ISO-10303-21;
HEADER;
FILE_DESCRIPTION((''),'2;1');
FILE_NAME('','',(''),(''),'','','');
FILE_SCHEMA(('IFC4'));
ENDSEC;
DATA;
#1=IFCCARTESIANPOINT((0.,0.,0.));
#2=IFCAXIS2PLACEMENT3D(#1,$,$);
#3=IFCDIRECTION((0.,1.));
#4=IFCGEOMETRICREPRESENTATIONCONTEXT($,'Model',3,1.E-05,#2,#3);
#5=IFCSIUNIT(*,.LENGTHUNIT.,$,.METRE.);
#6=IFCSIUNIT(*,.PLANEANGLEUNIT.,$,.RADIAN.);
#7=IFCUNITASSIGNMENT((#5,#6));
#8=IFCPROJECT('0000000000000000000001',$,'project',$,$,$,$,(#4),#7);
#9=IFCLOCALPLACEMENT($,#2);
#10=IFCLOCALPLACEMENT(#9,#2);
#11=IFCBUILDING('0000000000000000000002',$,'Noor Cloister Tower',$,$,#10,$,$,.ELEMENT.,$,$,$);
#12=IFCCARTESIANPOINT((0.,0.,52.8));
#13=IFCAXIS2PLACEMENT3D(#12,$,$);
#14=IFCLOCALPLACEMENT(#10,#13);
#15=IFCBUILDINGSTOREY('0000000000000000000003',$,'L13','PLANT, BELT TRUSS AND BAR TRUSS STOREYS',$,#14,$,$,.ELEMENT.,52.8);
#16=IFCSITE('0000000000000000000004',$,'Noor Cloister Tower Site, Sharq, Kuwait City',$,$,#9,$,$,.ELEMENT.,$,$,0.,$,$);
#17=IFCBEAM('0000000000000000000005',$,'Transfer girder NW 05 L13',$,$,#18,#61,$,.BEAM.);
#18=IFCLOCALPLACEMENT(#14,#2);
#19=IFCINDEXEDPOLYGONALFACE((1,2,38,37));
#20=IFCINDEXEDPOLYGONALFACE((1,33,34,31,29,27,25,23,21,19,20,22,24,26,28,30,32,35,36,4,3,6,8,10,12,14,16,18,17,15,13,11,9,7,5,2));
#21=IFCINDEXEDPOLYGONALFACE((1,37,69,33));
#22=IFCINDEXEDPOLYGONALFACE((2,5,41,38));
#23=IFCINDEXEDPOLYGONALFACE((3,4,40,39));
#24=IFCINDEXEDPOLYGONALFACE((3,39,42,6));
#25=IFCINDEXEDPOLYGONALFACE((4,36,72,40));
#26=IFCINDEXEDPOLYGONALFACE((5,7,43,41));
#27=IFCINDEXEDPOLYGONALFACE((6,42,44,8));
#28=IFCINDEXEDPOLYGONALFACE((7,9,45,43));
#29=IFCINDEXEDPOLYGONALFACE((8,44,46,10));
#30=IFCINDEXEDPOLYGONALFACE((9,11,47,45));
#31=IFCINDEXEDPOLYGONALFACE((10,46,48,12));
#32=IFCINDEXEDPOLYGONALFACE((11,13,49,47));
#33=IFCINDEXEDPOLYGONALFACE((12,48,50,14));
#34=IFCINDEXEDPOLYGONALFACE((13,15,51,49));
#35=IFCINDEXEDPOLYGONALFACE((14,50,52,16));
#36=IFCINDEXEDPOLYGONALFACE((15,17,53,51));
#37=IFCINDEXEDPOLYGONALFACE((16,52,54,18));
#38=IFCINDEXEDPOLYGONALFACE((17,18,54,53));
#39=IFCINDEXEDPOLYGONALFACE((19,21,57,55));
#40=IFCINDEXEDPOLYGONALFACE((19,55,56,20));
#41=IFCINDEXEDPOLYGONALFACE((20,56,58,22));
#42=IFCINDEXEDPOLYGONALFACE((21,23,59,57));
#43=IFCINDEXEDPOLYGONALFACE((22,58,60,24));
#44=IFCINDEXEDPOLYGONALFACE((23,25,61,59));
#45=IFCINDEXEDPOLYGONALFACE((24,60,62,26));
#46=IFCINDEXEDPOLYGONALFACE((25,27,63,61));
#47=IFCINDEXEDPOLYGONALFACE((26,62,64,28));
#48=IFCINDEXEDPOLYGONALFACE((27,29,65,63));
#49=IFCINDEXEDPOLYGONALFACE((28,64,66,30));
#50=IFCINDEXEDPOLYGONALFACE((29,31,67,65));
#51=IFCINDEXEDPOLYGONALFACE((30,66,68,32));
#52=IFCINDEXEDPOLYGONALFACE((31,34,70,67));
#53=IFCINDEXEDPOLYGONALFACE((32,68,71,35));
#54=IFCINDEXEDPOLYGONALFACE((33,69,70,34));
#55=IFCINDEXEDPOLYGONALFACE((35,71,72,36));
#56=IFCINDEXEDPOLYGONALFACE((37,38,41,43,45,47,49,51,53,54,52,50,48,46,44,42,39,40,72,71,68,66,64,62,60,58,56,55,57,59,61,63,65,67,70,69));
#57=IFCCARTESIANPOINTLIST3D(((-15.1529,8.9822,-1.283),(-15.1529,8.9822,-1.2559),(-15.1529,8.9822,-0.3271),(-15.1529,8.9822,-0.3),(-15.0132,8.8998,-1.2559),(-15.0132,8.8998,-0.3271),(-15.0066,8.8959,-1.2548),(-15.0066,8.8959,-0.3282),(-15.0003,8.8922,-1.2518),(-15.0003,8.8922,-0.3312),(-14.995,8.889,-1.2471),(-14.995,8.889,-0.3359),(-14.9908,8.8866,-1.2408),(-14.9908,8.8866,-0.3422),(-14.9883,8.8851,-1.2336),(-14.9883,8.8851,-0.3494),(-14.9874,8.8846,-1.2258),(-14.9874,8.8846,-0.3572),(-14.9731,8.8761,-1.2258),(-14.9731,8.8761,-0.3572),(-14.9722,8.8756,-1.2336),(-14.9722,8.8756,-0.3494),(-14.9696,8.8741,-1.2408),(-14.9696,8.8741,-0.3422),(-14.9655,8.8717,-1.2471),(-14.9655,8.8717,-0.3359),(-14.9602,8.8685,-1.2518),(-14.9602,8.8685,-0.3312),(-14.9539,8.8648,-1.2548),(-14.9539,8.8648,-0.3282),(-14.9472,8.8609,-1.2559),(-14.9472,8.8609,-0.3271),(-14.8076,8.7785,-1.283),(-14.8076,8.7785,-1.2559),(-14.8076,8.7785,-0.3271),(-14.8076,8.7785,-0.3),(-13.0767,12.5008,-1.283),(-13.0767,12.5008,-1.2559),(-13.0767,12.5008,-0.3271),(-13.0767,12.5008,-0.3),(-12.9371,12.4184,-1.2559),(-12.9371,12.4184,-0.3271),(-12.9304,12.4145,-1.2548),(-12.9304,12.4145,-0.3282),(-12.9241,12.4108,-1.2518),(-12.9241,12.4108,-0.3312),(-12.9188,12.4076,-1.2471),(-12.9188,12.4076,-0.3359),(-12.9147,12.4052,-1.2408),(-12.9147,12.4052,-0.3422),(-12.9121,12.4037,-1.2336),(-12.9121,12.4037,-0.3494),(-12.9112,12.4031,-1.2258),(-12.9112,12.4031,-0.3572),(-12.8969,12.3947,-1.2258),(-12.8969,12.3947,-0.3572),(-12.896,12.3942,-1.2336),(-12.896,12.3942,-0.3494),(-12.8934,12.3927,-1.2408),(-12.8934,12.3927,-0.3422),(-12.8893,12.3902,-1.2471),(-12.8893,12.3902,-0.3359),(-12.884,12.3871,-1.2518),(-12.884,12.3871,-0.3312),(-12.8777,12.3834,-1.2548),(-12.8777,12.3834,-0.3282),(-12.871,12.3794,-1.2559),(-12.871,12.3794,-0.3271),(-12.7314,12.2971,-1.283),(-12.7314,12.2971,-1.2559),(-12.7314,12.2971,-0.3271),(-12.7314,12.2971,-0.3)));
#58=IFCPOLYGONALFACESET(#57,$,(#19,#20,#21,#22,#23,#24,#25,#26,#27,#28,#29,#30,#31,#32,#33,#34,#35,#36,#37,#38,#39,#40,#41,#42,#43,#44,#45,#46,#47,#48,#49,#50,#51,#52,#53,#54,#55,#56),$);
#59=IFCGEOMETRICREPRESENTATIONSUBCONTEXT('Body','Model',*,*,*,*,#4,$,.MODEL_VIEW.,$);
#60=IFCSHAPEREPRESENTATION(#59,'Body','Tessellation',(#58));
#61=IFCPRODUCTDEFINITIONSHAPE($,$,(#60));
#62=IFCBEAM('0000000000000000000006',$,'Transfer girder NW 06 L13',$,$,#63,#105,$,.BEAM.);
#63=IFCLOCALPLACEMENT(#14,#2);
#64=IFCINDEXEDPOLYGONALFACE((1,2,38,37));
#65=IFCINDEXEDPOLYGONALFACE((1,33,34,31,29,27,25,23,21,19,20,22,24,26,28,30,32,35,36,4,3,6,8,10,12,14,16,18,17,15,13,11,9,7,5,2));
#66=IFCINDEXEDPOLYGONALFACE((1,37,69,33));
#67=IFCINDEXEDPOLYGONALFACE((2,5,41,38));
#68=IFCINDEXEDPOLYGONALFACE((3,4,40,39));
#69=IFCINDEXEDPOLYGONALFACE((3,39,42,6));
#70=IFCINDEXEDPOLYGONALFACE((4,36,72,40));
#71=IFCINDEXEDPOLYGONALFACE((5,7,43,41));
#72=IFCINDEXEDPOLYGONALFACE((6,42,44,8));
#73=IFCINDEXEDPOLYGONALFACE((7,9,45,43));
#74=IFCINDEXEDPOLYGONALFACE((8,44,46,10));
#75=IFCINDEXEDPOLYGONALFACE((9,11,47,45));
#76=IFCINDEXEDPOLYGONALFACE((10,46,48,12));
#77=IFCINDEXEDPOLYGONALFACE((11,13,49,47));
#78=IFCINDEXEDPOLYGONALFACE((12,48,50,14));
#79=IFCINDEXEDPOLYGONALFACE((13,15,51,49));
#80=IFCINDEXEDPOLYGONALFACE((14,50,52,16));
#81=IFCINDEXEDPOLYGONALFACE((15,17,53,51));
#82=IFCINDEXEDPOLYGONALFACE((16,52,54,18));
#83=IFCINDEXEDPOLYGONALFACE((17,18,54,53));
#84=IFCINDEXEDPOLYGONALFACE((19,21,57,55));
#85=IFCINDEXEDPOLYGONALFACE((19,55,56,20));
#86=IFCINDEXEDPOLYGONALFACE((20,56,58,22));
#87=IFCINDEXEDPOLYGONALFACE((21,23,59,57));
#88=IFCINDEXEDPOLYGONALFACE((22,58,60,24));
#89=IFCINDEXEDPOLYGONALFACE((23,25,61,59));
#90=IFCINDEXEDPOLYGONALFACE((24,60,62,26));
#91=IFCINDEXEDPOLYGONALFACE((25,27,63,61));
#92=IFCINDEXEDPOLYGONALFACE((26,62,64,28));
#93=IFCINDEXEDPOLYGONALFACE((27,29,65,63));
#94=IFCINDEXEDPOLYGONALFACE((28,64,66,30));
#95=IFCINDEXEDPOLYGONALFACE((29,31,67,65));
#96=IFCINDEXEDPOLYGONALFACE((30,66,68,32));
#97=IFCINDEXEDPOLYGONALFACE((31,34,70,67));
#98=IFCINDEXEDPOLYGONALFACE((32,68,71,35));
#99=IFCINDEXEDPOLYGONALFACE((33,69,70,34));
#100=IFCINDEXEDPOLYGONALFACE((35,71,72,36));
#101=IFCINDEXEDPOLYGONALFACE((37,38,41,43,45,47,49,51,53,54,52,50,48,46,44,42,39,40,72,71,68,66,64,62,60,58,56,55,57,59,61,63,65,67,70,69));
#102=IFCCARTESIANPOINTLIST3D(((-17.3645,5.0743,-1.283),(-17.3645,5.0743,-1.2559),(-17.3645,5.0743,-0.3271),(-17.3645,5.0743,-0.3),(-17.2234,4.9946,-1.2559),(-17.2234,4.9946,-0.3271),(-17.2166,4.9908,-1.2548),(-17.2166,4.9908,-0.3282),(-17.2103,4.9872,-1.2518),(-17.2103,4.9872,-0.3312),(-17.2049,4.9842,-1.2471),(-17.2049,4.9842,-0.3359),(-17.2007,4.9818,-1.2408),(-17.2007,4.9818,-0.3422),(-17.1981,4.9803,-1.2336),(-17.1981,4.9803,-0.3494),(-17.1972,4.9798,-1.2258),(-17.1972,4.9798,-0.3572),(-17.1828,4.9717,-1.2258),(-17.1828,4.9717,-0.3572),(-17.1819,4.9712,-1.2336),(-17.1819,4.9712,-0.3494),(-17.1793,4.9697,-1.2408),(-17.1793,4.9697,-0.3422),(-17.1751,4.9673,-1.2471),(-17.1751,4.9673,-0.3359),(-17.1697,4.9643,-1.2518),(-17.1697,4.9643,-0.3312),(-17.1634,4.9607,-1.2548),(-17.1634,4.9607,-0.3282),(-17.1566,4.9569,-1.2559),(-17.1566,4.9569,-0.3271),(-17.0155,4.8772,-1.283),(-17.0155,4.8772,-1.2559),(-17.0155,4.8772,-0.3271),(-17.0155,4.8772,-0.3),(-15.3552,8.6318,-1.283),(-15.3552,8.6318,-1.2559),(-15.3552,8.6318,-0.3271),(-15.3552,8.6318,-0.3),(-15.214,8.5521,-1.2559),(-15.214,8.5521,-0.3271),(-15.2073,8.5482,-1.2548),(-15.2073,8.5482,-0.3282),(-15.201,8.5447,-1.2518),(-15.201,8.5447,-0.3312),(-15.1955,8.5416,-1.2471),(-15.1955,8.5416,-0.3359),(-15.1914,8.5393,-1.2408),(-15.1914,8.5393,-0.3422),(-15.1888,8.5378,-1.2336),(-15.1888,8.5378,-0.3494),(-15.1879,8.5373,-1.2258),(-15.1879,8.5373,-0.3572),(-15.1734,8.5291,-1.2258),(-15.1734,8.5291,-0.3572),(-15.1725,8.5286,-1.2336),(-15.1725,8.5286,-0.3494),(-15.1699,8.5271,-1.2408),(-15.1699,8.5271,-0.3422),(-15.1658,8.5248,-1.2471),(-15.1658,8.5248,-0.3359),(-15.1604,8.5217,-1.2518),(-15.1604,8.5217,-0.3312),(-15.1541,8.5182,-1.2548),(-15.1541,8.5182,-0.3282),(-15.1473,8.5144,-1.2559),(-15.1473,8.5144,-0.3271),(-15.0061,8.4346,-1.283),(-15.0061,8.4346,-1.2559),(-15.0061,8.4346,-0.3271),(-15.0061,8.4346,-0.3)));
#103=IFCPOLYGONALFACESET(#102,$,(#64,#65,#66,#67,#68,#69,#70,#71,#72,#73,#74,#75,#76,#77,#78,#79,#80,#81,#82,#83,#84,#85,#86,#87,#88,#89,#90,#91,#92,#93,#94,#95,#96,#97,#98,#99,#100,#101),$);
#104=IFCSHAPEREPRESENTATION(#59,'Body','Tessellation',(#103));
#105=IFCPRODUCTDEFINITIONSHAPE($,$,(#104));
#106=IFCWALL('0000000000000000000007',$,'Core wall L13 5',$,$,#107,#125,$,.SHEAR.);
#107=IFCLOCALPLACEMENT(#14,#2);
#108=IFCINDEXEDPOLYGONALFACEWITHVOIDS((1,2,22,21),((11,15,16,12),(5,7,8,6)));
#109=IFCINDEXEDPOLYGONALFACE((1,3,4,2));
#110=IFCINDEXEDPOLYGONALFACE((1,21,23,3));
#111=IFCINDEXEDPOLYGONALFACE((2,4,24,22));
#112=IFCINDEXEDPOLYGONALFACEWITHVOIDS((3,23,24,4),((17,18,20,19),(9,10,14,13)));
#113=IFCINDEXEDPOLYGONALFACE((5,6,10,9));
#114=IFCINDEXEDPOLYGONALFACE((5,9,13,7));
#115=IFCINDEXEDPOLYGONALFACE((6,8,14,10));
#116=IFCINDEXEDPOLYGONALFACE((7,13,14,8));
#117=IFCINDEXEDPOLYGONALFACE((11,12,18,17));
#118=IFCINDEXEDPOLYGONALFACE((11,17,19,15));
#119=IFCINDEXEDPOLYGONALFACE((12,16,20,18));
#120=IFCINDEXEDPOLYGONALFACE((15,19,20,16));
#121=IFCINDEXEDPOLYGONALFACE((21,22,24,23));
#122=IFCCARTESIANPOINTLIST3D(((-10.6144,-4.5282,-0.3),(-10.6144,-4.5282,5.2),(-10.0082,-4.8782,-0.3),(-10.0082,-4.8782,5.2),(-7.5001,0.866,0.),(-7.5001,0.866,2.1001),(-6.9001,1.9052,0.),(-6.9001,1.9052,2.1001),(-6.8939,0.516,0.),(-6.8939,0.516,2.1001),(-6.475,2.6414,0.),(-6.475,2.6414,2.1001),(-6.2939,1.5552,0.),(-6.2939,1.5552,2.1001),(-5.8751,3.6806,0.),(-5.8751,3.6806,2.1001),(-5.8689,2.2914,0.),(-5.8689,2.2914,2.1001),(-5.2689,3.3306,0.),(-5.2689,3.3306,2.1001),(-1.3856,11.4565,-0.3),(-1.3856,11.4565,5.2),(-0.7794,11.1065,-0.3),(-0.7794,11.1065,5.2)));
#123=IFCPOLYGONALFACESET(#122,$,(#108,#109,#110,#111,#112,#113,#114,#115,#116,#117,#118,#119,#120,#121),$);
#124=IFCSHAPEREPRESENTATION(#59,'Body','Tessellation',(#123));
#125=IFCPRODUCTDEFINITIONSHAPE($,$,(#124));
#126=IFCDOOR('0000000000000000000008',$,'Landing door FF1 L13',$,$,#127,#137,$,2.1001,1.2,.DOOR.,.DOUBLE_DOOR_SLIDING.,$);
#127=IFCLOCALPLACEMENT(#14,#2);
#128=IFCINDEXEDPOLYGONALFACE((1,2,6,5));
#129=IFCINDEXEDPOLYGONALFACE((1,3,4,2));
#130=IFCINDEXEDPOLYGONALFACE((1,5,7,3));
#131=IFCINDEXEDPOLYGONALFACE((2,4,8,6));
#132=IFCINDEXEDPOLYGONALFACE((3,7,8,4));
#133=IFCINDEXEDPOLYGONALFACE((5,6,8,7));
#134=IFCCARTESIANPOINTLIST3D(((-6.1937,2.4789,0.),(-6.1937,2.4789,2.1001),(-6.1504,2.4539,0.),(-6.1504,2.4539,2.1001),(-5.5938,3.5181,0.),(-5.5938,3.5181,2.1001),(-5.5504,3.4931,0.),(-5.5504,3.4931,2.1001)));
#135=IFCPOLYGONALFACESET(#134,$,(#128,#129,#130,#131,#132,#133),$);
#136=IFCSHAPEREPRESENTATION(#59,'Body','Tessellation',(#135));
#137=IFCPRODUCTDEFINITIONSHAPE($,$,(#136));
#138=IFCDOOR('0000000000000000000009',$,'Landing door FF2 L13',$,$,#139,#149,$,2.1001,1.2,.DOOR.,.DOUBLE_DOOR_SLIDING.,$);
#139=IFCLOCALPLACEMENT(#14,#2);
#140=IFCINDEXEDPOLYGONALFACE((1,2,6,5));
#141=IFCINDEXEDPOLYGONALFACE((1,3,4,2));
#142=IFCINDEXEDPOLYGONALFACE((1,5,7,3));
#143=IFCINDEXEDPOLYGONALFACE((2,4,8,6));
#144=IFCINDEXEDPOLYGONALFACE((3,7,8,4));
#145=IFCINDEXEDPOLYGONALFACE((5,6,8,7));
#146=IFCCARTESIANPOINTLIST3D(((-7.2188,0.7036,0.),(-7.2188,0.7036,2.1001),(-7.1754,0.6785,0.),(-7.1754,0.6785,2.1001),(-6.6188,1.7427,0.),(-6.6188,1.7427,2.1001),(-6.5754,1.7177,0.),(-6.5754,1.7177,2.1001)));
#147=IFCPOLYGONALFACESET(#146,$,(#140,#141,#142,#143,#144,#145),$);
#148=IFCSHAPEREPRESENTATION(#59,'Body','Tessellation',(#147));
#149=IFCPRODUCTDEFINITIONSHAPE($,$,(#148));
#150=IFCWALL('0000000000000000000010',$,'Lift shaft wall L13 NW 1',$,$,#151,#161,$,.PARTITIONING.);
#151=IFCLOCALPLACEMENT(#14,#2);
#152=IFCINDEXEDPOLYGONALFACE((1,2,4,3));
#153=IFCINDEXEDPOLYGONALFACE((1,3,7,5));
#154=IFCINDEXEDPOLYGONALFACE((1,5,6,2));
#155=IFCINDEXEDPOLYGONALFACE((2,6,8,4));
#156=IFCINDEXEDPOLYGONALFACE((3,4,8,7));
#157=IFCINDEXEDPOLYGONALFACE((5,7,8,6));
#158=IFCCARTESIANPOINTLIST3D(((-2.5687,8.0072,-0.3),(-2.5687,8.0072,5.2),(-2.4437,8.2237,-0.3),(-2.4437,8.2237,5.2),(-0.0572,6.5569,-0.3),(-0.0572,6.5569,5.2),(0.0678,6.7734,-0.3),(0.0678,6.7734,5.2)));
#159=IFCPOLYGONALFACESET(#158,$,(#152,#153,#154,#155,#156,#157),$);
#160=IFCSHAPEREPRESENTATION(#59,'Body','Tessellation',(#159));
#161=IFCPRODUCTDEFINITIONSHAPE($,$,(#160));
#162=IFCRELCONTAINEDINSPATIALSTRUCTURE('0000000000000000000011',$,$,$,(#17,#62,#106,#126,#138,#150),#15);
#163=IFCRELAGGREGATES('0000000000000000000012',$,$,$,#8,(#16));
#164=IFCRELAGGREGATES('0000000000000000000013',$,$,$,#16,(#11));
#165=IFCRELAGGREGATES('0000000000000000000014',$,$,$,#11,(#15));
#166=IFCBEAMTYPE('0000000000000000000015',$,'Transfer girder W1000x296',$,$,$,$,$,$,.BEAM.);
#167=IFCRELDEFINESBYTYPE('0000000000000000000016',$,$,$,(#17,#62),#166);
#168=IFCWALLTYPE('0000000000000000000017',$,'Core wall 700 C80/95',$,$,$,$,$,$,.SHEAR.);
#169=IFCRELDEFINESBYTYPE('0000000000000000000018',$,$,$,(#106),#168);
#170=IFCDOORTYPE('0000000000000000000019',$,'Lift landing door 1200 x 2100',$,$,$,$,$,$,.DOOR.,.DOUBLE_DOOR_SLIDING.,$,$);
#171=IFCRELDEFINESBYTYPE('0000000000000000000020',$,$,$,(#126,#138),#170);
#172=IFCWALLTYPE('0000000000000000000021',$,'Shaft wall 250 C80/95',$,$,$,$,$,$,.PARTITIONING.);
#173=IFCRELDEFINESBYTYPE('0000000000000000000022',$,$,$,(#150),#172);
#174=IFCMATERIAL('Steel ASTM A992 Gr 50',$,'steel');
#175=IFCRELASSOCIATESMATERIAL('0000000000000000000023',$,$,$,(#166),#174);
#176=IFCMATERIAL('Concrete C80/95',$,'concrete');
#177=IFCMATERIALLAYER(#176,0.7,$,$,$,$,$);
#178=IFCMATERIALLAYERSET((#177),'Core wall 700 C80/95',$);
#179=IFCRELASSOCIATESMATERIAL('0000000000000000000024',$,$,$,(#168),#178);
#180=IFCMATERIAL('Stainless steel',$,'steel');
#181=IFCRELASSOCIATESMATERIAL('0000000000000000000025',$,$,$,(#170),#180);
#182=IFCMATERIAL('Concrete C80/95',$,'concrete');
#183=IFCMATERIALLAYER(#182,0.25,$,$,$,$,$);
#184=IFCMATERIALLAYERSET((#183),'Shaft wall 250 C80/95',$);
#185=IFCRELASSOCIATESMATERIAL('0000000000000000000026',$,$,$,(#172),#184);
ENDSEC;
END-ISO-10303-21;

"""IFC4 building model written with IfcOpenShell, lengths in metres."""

from ifc_helpers import new_model, si_unit, direction, frame, frame_2d, origin, origin_2d, place, context, subcontext, project, spatial, rectangle, i_section, extrude, material, layer, layer_set, material_profile, profile_set, type_object, element, fill, save


model = new_model("IFC4")

# Units and contexts
model_context = context("Model", 3, precision=1e-05, world=origin(), true_north=direction((0.0, 1.0)))
body_context = subcontext(model_context, "Body", "Model", "MODEL_VIEW")
ifc_project = project(units=[si_unit("LENGTHUNIT", "METRE"), si_unit("PLANEANGLEUNIT", "RADIAN")], contexts=[model_context])

# Site, building, storey
site_placement = place(None, origin())
site = spatial("IfcSite", under=ifc_project, at=site_placement, Name="Noor Cloister Tower Site, Sharq, Kuwait City", CompositionType="ELEMENT", RefElevation=0.0)
building_placement = place(site_placement, origin())
building = spatial("IfcBuilding", under=site, at=building_placement, Name="Noor Cloister Tower", CompositionType="ELEMENT")
storey_placement = place(building_placement, frame((0.0, 0.0, 52.8)))
storey = spatial("IfcBuildingStorey", under=building, at=storey_placement, Name="L13", Description="PLANT, BELT TRUSS AND BAR TRUSS STOREYS", CompositionType="ELEMENT", Elevation=52.8)

# Beams
ifc_material_1 = material(Name="Steel ASTM A992 Gr 50", Category="steel")
ifc_material_profile_1 = material_profile(ifc_material_1, i_section(OverallWidth=0.4009, OverallDepth=0.9829, WebThickness=0.0166, FlangeThickness=0.0271, FilletRadius=0.03, at=origin_2d()), Name="W1000x296")
ifc_profile_set_1 = profile_set([ifc_material_profile_1], Name="Steel ASTM A992 Gr 50")
beam_type_1 = type_object("IfcBeamType", Name="Transfer girder W1000x296", PredefinedType="BEAM", material=ifc_profile_set_1)
for number, where, z_axis, x_axis, name in (
    (1, (-12.9041, 12.3989, -0.7915), (-0.50819, -0.861245, 0.0), (0.861245, -0.50819, 0.0), "Transfer girder NW 05 L13"),
):
    element("IfcBeam", number, at=place(storey_placement, frame(where, z_axis=z_axis, x_axis=x_axis)), inside=storey, type_object=beam_type_1, Name=name, PredefinedType="BEAM", context=body_context, shape_type="SweptSolid", body=[
        extrude(i_section(OverallWidth=0.4009, OverallDepth=0.9829, WebThickness=0.0166, FlangeThickness=0.0271, FilletRadius=0.03, at=origin_2d()), origin(), (0.0, 0.0, 1.0), 4.0854),
    ])
beam_1_placement = place(storey_placement, frame((-15.1807, 8.5332, -0.7915), z_axis=(-0.491795, -0.870711, 0.0), x_axis=(0.870711, -0.491795, 0.0)))
element("IfcBeam", 2, at=beam_1_placement, inside=storey, type_object=beam_type_1, Name="Transfer girder NW 06 L13", PredefinedType="BEAM", context=body_context, shape_type="SweptSolid", body=[
    extrude(i_section(OverallWidth=0.4009, OverallDepth=0.9829, WebThickness=0.0166, FlangeThickness=0.0271, FilletRadius=0.03, at=origin_2d()), origin(), (0.0, 0.0, 1.0), 4.0857),
])

# Wall, openings, doors
ifc_material_2 = material(Name="Concrete C80/95", Category="concrete")
ifc_layer_1 = layer(ifc_material_2, 0.7)
ifc_layer_set_1 = layer_set([ifc_layer_1], Name="Core wall 700 C80/95")
wall_type_1 = type_object("IfcWallType", Name="Core wall 700 C80/95", PredefinedType="SHEAR", material=ifc_layer_set_1)
wall_1_placement = place(storey_placement, frame((-1.0825, 11.2815, -0.3), z_axis=(0.0, 0.0, 1.0), x_axis=(-0.500001, -0.866025, 0.0)))
wall_1 = element("IfcWall", 3, at=wall_1_placement, inside=storey, type_object=wall_type_1, Name="Core wall L13 5", PredefinedType="SHEAR", context=body_context, shape_type="SweptSolid", body=[
    extrude(rectangle(XDim=18.4575, YDim=0.7, at=frame_2d((9.2288, 0.0))), origin(), (0.0, 0.0, 1.0), 5.5),
])
opening_1_placement = place(wall_1_placement, frame((8.9788, 0.0, 0.3)))
opening_1 = element("IfcOpeningElement", 4, at=opening_1_placement, cuts=wall_1, PredefinedType="OPENING", context=body_context, shape_type="SweptSolid", body=[
    extrude(rectangle(XDim=1.2, YDim=2.1001, at=frame_2d((0.6001, 1.05))), frame((0.0, 0.3599, 0.0), z_axis=(0.0, -1.0, 0.0), x_axis=(1.0, 0.0, 0.0)), (0.0, 0.0, 1.0), 0.72),
])
opening_2_placement = place(wall_1_placement, frame((11.0288, 0.0, 0.3)))
opening_2 = element("IfcOpeningElement", 5, at=opening_2_placement, cuts=wall_1, PredefinedType="OPENING", context=body_context, shape_type="SweptSolid", body=[
    extrude(rectangle(XDim=1.2, YDim=2.1001, at=frame_2d((0.6001, 1.05))), frame((0.0, 0.3599, 0.0), z_axis=(0.0, -1.0, 0.0), x_axis=(1.0, 0.0, 0.0)), (0.0, 0.0, 1.0), 0.72),
])
ifc_material_3 = material(Name="Stainless steel", Category="steel")
door_type_1 = type_object("IfcDoorType", Name="Lift landing door 1200 x 2100", OperationType="DOUBLE_DOOR_SLIDING", PredefinedType="DOOR", material=ifc_material_3)
door_1_placement = place(opening_1_placement, origin())
door_1 = element("IfcDoor", 6, at=door_1_placement, inside=storey, type_object=door_type_1, Name="Landing door FF1 L13", OperationType="DOUBLE_DOOR_SLIDING", OverallHeight=2.1001, OverallWidth=1.2, PredefinedType="DOOR", context=body_context, shape_type="SweptSolid", body=[
    extrude(rectangle(XDim=1.2, YDim=2.1001, at=frame_2d((0.6001, 1.05))), frame((0.0, 0.0249, 0.0), z_axis=(0.0, -1.0, 0.0), x_axis=(1.0, 0.0, 0.0)), (0.0, 0.0, 1.0), 0.05),
])
fill(opening_1, door_1)
door_2_placement = place(opening_2_placement, origin())
door_2 = element("IfcDoor", 7, at=door_2_placement, inside=storey, type_object=door_type_1, Name="Landing door FF2 L13", OperationType="DOUBLE_DOOR_SLIDING", OverallHeight=2.1001, OverallWidth=1.2, PredefinedType="DOOR", context=body_context, shape_type="SweptSolid", body=[
    extrude(rectangle(XDim=1.2, YDim=2.1001, at=frame_2d((0.6001, 1.05))), frame((0.0, 0.0249, 0.0), z_axis=(0.0, -1.0, 0.0), x_axis=(1.0, 0.0, 0.0)), (0.0, 0.0, 1.0), 0.05),
])
fill(opening_2, door_2)

# Wall
ifc_material_4 = material(Name="Concrete C80/95", Category="concrete")
ifc_layer_2 = layer(ifc_material_4, 0.25)
ifc_layer_set_2 = layer_set([ifc_layer_2], Name="Shaft wall 250 C80/95")
wall_type_2 = type_object("IfcWallType", Name="Shaft wall 250 C80/95", PredefinedType="PARTITIONING", material=ifc_layer_set_2)
wall_2_placement = place(storey_placement, frame((-2.5063, 8.1155, -0.3), z_axis=(0.0, 0.0, 1.0), x_axis=(0.865996, -0.50005, 0.0)))
element("IfcWall", 8, at=wall_2_placement, inside=storey, type_object=wall_type_2, Name="Lift shaft wall L13 NW 1", PredefinedType="PARTITIONING", context=body_context, shape_type="SweptSolid", body=[
    extrude(rectangle(XDim=2.9001, YDim=0.25, at=frame_2d((1.4502, 0.0))), origin(), (0.0, 0.0, 1.0), 5.5),
])

save(model, "model.ifc")
